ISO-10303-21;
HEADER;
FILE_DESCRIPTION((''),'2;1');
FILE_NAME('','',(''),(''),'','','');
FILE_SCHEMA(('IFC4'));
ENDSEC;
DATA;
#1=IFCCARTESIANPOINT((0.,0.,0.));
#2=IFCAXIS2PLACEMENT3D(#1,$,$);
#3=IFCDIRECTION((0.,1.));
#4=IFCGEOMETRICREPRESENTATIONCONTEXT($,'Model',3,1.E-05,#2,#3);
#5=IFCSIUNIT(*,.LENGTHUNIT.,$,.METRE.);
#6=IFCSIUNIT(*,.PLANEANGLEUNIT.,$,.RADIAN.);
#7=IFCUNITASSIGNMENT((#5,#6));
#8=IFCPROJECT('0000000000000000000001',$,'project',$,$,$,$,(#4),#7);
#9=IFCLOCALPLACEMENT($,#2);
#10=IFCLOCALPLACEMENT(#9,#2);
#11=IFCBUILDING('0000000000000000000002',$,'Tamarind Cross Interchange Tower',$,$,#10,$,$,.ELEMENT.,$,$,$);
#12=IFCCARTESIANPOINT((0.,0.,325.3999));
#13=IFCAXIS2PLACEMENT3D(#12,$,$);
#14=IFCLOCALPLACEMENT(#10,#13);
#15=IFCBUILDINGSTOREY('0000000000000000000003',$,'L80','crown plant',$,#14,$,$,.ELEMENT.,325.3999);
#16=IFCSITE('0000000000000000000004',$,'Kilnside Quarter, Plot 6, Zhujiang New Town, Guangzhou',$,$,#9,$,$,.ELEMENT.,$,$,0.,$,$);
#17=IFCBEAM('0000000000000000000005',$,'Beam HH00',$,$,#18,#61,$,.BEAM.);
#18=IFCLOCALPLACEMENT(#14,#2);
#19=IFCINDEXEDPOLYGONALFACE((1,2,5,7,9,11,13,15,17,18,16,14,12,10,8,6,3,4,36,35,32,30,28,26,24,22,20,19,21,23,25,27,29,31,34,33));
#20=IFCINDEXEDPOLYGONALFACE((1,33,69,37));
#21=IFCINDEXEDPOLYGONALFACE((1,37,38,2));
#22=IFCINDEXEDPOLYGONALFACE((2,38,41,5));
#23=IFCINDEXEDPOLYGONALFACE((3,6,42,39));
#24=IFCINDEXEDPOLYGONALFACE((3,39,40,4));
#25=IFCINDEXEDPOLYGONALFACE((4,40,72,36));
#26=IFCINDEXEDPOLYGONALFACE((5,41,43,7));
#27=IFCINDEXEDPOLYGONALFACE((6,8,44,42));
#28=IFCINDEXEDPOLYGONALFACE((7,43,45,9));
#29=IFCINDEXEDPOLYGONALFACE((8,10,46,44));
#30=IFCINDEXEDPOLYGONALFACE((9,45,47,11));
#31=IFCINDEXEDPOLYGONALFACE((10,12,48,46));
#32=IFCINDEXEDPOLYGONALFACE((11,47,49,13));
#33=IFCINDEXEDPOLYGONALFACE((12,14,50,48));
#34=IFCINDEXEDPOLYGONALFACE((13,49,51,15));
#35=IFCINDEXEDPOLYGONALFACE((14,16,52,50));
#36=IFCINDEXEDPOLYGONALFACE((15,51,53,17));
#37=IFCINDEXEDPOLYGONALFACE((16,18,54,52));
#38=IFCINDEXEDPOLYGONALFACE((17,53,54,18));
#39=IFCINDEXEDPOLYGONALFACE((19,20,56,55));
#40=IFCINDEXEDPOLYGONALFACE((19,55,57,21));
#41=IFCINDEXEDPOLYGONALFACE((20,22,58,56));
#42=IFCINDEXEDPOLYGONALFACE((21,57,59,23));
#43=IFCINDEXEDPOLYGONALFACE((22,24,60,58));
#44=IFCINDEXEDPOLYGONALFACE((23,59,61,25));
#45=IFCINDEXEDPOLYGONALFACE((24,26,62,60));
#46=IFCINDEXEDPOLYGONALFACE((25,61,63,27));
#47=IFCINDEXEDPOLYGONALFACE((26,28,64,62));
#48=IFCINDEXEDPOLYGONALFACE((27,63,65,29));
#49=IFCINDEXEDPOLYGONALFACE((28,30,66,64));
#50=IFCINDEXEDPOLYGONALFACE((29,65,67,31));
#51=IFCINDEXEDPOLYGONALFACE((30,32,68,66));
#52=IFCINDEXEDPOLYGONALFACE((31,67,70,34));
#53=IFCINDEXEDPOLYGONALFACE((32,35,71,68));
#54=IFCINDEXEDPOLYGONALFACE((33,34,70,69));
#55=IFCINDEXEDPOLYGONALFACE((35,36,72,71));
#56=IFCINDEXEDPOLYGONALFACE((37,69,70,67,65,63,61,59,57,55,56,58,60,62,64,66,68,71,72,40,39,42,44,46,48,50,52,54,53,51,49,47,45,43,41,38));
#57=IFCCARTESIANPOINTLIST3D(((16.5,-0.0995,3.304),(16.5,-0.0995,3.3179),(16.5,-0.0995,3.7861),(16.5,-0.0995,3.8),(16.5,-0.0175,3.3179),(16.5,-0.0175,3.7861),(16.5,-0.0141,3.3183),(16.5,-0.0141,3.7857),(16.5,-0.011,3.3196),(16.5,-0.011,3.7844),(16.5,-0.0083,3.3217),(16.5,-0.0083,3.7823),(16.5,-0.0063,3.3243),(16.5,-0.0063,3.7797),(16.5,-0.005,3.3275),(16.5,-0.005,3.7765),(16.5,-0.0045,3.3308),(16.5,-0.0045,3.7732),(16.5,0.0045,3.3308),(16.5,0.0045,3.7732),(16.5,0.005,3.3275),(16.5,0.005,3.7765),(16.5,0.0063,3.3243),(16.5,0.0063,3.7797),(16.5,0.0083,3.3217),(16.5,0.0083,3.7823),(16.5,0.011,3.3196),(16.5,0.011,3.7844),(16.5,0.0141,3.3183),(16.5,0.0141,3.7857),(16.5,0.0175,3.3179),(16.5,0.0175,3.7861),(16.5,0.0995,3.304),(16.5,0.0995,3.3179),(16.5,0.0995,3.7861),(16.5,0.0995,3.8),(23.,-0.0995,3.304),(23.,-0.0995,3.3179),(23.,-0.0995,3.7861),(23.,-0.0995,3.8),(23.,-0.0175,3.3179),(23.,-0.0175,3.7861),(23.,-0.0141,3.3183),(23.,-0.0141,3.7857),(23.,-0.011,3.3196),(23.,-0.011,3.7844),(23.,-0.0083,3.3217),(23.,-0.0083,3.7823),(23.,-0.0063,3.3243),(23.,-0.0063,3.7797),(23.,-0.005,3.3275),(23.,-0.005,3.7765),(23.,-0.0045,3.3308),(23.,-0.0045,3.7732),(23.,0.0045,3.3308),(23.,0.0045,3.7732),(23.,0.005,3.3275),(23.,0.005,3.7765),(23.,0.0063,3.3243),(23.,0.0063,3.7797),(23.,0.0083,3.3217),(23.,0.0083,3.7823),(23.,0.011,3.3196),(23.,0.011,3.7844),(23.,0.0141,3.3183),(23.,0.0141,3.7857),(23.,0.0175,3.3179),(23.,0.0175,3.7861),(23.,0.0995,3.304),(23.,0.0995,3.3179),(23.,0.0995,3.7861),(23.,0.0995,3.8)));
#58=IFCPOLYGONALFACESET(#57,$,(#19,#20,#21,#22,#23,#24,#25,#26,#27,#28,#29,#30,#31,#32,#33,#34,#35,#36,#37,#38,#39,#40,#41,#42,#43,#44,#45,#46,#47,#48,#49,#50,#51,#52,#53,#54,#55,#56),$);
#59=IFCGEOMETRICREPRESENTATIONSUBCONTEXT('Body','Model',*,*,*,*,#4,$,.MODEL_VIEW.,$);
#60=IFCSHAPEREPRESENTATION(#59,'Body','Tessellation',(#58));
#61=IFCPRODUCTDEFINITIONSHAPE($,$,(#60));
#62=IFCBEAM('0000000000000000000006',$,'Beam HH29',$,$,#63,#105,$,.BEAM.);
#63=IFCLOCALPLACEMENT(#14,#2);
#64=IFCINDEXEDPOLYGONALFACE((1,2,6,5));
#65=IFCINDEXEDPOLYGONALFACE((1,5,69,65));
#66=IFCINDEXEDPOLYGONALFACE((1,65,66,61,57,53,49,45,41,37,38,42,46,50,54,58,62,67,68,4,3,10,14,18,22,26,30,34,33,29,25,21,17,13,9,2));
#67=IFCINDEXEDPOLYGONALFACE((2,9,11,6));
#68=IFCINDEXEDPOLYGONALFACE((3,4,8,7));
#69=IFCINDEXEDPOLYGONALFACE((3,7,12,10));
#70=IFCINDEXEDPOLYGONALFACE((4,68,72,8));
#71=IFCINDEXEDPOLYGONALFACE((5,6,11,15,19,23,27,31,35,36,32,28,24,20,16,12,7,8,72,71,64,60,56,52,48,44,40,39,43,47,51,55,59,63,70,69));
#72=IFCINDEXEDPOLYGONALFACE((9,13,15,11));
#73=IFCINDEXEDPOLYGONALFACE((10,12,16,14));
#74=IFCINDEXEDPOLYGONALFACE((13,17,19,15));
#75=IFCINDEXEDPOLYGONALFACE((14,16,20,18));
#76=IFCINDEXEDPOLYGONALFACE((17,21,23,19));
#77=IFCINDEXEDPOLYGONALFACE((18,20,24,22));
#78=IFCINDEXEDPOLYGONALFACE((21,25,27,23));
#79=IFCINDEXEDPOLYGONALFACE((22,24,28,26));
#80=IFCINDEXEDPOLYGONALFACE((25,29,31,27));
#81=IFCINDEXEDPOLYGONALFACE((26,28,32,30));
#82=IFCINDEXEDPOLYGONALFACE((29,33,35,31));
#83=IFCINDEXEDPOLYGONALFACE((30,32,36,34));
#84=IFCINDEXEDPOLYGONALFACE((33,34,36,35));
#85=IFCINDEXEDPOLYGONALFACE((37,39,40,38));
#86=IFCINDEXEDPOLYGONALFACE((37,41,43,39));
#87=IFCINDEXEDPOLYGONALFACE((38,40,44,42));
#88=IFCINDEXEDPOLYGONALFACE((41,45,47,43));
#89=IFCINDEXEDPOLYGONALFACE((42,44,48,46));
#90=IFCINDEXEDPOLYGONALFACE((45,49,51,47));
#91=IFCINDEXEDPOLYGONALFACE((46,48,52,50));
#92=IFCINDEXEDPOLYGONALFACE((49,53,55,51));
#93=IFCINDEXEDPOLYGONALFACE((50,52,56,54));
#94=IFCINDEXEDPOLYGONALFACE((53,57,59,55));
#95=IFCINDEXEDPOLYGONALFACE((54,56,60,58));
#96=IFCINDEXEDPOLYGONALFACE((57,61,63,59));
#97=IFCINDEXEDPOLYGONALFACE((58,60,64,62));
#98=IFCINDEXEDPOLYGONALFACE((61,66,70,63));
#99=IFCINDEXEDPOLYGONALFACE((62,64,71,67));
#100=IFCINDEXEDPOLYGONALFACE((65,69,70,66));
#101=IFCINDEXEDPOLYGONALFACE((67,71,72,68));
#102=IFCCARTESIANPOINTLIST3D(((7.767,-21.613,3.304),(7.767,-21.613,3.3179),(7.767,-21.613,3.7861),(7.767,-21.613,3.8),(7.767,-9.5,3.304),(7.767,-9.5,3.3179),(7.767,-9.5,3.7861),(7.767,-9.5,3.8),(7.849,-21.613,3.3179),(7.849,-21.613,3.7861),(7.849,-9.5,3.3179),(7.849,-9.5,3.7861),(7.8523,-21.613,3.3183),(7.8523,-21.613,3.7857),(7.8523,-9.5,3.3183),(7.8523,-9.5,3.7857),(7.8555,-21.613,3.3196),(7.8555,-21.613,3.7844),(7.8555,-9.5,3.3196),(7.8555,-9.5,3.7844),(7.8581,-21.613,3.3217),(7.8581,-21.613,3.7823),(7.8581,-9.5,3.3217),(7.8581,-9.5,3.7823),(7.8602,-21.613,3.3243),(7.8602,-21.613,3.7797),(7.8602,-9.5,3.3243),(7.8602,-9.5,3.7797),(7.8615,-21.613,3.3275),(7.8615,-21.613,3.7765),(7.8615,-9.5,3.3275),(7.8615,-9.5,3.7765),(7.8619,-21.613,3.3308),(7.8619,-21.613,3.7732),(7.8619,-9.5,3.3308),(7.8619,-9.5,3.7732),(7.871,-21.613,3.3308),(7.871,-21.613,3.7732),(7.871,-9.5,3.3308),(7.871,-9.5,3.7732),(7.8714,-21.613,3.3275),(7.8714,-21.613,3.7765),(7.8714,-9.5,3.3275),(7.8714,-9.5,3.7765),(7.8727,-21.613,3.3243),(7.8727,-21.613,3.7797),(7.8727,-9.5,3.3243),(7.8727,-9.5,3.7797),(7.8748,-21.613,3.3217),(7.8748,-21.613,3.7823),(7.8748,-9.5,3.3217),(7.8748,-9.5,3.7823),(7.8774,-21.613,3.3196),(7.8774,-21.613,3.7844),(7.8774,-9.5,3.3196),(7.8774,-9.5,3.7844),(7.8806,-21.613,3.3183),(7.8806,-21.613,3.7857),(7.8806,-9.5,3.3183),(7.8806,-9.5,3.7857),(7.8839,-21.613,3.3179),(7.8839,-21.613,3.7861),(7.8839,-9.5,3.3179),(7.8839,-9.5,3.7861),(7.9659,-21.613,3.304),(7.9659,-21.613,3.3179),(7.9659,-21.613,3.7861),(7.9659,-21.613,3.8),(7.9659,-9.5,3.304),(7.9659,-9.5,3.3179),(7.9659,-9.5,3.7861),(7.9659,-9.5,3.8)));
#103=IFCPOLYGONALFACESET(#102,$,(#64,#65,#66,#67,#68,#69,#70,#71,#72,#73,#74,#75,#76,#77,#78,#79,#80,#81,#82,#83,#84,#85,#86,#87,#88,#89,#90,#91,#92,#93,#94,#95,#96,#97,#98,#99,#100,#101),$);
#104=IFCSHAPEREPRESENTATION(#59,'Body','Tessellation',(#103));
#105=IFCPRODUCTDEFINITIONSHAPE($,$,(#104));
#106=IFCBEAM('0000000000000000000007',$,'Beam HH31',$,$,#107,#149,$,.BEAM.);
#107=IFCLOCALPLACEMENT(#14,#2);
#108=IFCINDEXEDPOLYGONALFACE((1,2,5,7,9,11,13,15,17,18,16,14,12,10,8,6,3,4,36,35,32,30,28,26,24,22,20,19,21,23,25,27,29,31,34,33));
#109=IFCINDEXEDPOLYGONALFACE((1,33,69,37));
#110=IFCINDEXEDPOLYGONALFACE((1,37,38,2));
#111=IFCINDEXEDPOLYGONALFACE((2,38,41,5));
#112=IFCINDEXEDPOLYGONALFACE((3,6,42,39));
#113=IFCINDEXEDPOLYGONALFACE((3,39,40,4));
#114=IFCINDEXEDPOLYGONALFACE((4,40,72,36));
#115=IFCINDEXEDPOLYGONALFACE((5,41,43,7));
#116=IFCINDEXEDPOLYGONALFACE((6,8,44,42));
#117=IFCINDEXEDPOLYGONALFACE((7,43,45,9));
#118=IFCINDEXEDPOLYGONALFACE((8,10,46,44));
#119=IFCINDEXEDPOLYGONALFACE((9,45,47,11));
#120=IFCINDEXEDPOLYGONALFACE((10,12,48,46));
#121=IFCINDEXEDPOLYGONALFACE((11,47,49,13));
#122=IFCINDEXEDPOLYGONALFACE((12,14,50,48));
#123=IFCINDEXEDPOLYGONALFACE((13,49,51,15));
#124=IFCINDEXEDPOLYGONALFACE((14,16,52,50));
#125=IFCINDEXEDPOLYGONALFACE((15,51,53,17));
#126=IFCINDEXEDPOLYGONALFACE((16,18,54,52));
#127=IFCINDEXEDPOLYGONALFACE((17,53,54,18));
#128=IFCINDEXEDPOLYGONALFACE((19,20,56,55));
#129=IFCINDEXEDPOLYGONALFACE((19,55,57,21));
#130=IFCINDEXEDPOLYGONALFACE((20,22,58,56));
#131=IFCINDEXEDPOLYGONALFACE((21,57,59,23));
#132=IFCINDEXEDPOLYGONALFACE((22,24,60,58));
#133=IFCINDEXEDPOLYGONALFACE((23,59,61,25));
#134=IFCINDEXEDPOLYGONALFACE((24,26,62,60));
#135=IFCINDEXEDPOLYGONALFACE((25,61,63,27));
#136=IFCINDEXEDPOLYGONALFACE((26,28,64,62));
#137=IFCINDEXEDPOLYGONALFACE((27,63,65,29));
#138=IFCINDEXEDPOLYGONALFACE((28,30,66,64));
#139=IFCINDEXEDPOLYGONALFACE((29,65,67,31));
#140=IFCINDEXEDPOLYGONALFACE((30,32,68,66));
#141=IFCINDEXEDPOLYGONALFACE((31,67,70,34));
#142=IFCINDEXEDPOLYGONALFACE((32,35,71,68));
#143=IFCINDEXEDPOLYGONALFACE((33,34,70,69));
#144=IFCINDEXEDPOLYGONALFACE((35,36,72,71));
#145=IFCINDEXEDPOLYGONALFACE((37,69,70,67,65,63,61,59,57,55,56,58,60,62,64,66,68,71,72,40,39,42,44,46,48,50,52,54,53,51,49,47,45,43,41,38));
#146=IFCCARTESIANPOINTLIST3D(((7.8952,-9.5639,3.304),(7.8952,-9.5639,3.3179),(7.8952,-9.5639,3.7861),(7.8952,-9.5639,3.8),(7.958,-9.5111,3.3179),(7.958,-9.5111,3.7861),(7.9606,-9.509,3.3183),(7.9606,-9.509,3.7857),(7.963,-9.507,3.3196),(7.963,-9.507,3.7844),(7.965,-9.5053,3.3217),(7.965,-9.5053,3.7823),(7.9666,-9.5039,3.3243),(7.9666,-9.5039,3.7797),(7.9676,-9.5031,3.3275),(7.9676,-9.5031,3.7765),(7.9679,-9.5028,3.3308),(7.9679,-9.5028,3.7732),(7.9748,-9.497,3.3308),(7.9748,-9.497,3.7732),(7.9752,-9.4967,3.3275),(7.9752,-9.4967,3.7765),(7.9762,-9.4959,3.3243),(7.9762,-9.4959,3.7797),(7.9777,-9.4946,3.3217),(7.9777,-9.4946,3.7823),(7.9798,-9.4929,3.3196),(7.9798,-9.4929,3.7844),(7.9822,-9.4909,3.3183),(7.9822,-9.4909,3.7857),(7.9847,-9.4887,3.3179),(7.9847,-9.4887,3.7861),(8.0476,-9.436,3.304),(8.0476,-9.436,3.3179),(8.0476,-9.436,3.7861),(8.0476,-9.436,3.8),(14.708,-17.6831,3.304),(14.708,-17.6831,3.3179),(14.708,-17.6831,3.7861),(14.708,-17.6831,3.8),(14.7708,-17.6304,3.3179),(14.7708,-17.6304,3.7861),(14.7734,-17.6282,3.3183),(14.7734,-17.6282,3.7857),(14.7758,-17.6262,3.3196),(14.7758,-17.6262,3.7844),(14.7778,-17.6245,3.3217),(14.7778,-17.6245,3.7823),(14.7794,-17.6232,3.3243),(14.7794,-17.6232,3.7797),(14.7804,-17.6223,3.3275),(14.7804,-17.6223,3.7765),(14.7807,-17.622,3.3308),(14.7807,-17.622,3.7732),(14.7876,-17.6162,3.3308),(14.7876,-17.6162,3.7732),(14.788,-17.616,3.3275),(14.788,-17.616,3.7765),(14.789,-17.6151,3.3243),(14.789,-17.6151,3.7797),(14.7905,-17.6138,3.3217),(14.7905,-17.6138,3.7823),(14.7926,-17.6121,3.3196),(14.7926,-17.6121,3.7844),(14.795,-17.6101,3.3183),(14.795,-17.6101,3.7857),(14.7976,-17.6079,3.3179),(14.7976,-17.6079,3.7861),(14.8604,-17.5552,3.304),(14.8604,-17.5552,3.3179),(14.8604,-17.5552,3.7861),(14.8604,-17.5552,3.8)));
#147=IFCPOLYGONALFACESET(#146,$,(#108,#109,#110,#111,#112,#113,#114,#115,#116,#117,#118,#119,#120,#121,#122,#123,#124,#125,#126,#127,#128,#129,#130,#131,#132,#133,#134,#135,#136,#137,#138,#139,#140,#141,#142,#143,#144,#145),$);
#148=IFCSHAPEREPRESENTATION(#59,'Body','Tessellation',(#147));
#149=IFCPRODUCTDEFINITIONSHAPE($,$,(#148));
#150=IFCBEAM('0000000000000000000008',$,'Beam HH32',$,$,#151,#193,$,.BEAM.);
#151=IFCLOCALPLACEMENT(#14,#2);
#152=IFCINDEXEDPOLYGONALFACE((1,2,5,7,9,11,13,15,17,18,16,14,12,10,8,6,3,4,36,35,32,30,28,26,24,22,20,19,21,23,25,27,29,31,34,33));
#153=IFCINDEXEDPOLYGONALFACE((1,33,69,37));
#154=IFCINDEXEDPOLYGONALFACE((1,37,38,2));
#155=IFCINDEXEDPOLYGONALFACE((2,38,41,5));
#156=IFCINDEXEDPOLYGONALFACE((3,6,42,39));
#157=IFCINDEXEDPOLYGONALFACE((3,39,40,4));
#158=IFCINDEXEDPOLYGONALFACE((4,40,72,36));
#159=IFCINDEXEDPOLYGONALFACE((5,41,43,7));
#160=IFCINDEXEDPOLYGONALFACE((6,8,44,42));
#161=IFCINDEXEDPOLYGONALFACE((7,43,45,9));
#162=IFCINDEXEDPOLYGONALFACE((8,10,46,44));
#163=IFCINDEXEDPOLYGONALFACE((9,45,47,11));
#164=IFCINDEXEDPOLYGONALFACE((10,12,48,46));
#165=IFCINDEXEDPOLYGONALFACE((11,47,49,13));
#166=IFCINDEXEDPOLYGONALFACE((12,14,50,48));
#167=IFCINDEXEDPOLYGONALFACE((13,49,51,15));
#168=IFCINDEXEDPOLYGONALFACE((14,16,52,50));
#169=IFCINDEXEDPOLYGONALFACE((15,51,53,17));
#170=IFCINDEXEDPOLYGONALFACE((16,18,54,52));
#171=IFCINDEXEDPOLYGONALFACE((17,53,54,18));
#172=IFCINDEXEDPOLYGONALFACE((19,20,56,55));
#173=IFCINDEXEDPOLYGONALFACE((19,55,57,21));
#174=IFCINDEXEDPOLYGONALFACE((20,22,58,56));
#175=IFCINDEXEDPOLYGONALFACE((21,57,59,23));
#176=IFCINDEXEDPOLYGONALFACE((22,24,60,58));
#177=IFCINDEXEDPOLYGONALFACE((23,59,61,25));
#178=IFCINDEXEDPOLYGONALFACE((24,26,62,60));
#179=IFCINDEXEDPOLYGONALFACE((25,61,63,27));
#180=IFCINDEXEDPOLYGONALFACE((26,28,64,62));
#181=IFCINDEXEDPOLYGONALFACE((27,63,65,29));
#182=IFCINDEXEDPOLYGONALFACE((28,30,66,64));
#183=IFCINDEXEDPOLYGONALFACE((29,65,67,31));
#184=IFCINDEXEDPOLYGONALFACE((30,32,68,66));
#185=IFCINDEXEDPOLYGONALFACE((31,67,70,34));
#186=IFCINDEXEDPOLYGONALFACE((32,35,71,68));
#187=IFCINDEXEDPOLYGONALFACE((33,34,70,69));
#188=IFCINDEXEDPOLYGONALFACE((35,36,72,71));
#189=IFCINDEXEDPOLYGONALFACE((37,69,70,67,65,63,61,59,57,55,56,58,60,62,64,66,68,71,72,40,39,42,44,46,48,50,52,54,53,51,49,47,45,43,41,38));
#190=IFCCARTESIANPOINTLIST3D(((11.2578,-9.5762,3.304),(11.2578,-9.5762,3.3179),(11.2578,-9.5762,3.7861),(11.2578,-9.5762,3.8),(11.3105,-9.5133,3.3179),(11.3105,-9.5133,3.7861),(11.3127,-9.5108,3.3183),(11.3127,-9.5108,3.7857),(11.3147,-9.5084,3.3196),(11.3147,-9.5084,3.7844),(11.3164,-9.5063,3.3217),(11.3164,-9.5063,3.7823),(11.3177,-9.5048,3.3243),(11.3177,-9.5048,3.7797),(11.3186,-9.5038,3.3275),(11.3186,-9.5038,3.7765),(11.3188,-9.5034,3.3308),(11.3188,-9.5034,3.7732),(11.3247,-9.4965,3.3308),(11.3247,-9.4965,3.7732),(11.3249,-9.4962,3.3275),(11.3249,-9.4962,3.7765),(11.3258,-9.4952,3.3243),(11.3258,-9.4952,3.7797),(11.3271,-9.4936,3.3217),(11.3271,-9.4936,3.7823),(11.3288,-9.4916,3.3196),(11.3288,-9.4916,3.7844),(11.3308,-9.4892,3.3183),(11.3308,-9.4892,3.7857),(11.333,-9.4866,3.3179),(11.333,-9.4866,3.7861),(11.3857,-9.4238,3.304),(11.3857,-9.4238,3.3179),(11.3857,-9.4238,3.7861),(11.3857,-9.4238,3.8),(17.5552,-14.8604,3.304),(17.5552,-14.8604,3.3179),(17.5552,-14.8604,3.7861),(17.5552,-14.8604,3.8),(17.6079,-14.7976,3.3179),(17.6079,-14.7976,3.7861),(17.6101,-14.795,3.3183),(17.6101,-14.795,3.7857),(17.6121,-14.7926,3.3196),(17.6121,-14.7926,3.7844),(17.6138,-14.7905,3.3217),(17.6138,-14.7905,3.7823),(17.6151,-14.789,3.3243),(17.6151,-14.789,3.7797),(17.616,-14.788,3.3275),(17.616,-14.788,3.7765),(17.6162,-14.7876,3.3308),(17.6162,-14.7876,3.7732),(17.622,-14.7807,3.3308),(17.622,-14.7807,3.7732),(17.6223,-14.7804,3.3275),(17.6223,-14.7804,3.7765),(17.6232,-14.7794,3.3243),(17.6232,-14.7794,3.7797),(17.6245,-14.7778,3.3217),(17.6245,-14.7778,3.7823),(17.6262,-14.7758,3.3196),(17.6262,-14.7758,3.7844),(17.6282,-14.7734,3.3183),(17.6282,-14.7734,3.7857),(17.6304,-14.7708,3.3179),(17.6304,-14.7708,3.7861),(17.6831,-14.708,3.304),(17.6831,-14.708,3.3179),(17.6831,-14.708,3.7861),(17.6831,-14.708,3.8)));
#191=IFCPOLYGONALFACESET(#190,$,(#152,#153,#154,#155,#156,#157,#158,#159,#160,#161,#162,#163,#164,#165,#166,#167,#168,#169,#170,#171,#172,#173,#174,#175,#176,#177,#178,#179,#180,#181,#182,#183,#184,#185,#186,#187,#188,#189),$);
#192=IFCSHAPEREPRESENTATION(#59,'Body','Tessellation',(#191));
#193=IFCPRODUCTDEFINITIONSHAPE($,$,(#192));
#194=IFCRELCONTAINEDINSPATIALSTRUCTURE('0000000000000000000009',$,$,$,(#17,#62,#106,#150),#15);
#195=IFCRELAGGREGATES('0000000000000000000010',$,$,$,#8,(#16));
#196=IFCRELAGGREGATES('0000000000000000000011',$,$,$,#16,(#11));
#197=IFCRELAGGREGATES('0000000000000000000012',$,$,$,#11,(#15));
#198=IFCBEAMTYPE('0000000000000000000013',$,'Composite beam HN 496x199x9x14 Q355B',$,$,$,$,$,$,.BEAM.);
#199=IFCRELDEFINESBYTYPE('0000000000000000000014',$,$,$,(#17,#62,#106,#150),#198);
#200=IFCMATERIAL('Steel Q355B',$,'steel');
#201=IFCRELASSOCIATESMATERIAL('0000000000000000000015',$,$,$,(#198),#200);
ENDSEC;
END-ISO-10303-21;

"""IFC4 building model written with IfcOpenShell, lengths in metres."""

from ifc_helpers import new_model, si_unit, direction, frame, origin, origin_2d, place, context, subcontext, project, spatial, i_section, extrude, material, material_profile, profile_set, type_object, element, save


model = new_model("IFC4")

# Units and contexts
model_context = context("Model", 3, precision=1e-05, world=origin(), true_north=direction((0.0, 1.0)))
body_context = subcontext(model_context, "Body", "Model", "MODEL_VIEW")
ifc_project = project(units=[si_unit("LENGTHUNIT", "METRE"), si_unit("PLANEANGLEUNIT", "RADIAN")], contexts=[model_context])

# Site, building, storey
site_placement = place(None, origin())
site = spatial("IfcSite", under=ifc_project, at=site_placement, Name="Kilnside Quarter, Plot 6, Zhujiang New Town, Guangzhou", CompositionType="ELEMENT", RefElevation=0.0)
building_placement = place(site_placement, origin())
building = spatial("IfcBuilding", under=site, at=building_placement, Name="Tamarind Cross Interchange Tower", CompositionType="ELEMENT")
storey_placement = place(building_placement, frame((0.0, 0.0, 325.3999)))
storey = spatial("IfcBuildingStorey", under=building, at=storey_placement, Name="L80", Description="crown plant", CompositionType="ELEMENT", Elevation=325.3999)

# Beams
ifc_material_1 = material(Name="Steel Q355B", Category="steel")
ifc_material_profile = material_profile(ifc_material_1, i_section(OverallWidth=0.199, OverallDepth=0.4961, WebThickness=0.009, FlangeThickness=0.0139, FilletRadius=0.0129, at=origin_2d()), Name="HN 496x199x9x14")
ifc_profile_set = profile_set([ifc_material_profile], Name="Steel Q355B")
beam_type = type_object("IfcBeamType", Name="Composite beam HN 496x199x9x14 Q355B", PredefinedType="BEAM", material=ifc_profile_set)
beam_1_placement = place(storey_placement, frame((23.0, 0.0, 3.552), z_axis=(-1.0, 0.0, 0.0), x_axis=(0.0, -1.0, 0.0)))
element("IfcBeam", 1, at=beam_1_placement, inside=storey, type_object=beam_type, Name="Beam HH00", PredefinedType="BEAM", context=body_context, shape_type="SweptSolid", body=[
    extrude(i_section(OverallWidth=0.199, OverallDepth=0.4961, WebThickness=0.009, FlangeThickness=0.0139, FilletRadius=0.0129, at=origin_2d()), origin(), (0.0, 0.0, 1.0), 6.5),
])
beam_2_placement = place(storey_placement, frame((7.8665, -21.613, 3.552), z_axis=(0.0, 1.0, 0.0), x_axis=(-1.0, 0.0, 0.0)))
element("IfcBeam", 2, at=beam_2_placement, inside=storey, type_object=beam_type, Name="Beam HH29", PredefinedType="BEAM", context=body_context, shape_type="SweptSolid", body=[
    extrude(i_section(OverallWidth=0.199, OverallDepth=0.4961, WebThickness=0.009, FlangeThickness=0.0139, FilletRadius=0.0129, at=origin_2d()), origin(), (0.0, 0.0, 1.0), 12.113),
])
beam_3_placement = place(storey_placement, frame((14.7842, -17.6191, 3.552), z_axis=(-0.642786, 0.766046, 0.0), x_axis=(-0.766046, -0.642786, 0.0)))
element("IfcBeam", 3, at=beam_3_placement, inside=storey, type_object=beam_type, Name="Beam HH31", PredefinedType="BEAM", context=body_context, shape_type="SweptSolid", body=[
    extrude(i_section(OverallWidth=0.199, OverallDepth=0.4961, WebThickness=0.009, FlangeThickness=0.0139, FilletRadius=0.0129, at=origin_2d()), origin(), (0.0, 0.0, 1.0), 10.5989),
])
beam_4_placement = place(storey_placement, frame((17.6191, -14.7842, 3.552), z_axis=(-0.766041, 0.642792, 0.0), x_axis=(-0.642792, -0.766041, 0.0)))
element("IfcBeam", 4, at=beam_4_placement, inside=storey, type_object=beam_type, Name="Beam HH32", PredefinedType="BEAM", context=body_context, shape_type="SweptSolid", body=[
    extrude(i_section(OverallWidth=0.199, OverallDepth=0.4961, WebThickness=0.009, FlangeThickness=0.0139, FilletRadius=0.0129, at=origin_2d()), origin(), (0.0, 0.0, 1.0), 8.2207),
])

save(model, "model.ifc")
